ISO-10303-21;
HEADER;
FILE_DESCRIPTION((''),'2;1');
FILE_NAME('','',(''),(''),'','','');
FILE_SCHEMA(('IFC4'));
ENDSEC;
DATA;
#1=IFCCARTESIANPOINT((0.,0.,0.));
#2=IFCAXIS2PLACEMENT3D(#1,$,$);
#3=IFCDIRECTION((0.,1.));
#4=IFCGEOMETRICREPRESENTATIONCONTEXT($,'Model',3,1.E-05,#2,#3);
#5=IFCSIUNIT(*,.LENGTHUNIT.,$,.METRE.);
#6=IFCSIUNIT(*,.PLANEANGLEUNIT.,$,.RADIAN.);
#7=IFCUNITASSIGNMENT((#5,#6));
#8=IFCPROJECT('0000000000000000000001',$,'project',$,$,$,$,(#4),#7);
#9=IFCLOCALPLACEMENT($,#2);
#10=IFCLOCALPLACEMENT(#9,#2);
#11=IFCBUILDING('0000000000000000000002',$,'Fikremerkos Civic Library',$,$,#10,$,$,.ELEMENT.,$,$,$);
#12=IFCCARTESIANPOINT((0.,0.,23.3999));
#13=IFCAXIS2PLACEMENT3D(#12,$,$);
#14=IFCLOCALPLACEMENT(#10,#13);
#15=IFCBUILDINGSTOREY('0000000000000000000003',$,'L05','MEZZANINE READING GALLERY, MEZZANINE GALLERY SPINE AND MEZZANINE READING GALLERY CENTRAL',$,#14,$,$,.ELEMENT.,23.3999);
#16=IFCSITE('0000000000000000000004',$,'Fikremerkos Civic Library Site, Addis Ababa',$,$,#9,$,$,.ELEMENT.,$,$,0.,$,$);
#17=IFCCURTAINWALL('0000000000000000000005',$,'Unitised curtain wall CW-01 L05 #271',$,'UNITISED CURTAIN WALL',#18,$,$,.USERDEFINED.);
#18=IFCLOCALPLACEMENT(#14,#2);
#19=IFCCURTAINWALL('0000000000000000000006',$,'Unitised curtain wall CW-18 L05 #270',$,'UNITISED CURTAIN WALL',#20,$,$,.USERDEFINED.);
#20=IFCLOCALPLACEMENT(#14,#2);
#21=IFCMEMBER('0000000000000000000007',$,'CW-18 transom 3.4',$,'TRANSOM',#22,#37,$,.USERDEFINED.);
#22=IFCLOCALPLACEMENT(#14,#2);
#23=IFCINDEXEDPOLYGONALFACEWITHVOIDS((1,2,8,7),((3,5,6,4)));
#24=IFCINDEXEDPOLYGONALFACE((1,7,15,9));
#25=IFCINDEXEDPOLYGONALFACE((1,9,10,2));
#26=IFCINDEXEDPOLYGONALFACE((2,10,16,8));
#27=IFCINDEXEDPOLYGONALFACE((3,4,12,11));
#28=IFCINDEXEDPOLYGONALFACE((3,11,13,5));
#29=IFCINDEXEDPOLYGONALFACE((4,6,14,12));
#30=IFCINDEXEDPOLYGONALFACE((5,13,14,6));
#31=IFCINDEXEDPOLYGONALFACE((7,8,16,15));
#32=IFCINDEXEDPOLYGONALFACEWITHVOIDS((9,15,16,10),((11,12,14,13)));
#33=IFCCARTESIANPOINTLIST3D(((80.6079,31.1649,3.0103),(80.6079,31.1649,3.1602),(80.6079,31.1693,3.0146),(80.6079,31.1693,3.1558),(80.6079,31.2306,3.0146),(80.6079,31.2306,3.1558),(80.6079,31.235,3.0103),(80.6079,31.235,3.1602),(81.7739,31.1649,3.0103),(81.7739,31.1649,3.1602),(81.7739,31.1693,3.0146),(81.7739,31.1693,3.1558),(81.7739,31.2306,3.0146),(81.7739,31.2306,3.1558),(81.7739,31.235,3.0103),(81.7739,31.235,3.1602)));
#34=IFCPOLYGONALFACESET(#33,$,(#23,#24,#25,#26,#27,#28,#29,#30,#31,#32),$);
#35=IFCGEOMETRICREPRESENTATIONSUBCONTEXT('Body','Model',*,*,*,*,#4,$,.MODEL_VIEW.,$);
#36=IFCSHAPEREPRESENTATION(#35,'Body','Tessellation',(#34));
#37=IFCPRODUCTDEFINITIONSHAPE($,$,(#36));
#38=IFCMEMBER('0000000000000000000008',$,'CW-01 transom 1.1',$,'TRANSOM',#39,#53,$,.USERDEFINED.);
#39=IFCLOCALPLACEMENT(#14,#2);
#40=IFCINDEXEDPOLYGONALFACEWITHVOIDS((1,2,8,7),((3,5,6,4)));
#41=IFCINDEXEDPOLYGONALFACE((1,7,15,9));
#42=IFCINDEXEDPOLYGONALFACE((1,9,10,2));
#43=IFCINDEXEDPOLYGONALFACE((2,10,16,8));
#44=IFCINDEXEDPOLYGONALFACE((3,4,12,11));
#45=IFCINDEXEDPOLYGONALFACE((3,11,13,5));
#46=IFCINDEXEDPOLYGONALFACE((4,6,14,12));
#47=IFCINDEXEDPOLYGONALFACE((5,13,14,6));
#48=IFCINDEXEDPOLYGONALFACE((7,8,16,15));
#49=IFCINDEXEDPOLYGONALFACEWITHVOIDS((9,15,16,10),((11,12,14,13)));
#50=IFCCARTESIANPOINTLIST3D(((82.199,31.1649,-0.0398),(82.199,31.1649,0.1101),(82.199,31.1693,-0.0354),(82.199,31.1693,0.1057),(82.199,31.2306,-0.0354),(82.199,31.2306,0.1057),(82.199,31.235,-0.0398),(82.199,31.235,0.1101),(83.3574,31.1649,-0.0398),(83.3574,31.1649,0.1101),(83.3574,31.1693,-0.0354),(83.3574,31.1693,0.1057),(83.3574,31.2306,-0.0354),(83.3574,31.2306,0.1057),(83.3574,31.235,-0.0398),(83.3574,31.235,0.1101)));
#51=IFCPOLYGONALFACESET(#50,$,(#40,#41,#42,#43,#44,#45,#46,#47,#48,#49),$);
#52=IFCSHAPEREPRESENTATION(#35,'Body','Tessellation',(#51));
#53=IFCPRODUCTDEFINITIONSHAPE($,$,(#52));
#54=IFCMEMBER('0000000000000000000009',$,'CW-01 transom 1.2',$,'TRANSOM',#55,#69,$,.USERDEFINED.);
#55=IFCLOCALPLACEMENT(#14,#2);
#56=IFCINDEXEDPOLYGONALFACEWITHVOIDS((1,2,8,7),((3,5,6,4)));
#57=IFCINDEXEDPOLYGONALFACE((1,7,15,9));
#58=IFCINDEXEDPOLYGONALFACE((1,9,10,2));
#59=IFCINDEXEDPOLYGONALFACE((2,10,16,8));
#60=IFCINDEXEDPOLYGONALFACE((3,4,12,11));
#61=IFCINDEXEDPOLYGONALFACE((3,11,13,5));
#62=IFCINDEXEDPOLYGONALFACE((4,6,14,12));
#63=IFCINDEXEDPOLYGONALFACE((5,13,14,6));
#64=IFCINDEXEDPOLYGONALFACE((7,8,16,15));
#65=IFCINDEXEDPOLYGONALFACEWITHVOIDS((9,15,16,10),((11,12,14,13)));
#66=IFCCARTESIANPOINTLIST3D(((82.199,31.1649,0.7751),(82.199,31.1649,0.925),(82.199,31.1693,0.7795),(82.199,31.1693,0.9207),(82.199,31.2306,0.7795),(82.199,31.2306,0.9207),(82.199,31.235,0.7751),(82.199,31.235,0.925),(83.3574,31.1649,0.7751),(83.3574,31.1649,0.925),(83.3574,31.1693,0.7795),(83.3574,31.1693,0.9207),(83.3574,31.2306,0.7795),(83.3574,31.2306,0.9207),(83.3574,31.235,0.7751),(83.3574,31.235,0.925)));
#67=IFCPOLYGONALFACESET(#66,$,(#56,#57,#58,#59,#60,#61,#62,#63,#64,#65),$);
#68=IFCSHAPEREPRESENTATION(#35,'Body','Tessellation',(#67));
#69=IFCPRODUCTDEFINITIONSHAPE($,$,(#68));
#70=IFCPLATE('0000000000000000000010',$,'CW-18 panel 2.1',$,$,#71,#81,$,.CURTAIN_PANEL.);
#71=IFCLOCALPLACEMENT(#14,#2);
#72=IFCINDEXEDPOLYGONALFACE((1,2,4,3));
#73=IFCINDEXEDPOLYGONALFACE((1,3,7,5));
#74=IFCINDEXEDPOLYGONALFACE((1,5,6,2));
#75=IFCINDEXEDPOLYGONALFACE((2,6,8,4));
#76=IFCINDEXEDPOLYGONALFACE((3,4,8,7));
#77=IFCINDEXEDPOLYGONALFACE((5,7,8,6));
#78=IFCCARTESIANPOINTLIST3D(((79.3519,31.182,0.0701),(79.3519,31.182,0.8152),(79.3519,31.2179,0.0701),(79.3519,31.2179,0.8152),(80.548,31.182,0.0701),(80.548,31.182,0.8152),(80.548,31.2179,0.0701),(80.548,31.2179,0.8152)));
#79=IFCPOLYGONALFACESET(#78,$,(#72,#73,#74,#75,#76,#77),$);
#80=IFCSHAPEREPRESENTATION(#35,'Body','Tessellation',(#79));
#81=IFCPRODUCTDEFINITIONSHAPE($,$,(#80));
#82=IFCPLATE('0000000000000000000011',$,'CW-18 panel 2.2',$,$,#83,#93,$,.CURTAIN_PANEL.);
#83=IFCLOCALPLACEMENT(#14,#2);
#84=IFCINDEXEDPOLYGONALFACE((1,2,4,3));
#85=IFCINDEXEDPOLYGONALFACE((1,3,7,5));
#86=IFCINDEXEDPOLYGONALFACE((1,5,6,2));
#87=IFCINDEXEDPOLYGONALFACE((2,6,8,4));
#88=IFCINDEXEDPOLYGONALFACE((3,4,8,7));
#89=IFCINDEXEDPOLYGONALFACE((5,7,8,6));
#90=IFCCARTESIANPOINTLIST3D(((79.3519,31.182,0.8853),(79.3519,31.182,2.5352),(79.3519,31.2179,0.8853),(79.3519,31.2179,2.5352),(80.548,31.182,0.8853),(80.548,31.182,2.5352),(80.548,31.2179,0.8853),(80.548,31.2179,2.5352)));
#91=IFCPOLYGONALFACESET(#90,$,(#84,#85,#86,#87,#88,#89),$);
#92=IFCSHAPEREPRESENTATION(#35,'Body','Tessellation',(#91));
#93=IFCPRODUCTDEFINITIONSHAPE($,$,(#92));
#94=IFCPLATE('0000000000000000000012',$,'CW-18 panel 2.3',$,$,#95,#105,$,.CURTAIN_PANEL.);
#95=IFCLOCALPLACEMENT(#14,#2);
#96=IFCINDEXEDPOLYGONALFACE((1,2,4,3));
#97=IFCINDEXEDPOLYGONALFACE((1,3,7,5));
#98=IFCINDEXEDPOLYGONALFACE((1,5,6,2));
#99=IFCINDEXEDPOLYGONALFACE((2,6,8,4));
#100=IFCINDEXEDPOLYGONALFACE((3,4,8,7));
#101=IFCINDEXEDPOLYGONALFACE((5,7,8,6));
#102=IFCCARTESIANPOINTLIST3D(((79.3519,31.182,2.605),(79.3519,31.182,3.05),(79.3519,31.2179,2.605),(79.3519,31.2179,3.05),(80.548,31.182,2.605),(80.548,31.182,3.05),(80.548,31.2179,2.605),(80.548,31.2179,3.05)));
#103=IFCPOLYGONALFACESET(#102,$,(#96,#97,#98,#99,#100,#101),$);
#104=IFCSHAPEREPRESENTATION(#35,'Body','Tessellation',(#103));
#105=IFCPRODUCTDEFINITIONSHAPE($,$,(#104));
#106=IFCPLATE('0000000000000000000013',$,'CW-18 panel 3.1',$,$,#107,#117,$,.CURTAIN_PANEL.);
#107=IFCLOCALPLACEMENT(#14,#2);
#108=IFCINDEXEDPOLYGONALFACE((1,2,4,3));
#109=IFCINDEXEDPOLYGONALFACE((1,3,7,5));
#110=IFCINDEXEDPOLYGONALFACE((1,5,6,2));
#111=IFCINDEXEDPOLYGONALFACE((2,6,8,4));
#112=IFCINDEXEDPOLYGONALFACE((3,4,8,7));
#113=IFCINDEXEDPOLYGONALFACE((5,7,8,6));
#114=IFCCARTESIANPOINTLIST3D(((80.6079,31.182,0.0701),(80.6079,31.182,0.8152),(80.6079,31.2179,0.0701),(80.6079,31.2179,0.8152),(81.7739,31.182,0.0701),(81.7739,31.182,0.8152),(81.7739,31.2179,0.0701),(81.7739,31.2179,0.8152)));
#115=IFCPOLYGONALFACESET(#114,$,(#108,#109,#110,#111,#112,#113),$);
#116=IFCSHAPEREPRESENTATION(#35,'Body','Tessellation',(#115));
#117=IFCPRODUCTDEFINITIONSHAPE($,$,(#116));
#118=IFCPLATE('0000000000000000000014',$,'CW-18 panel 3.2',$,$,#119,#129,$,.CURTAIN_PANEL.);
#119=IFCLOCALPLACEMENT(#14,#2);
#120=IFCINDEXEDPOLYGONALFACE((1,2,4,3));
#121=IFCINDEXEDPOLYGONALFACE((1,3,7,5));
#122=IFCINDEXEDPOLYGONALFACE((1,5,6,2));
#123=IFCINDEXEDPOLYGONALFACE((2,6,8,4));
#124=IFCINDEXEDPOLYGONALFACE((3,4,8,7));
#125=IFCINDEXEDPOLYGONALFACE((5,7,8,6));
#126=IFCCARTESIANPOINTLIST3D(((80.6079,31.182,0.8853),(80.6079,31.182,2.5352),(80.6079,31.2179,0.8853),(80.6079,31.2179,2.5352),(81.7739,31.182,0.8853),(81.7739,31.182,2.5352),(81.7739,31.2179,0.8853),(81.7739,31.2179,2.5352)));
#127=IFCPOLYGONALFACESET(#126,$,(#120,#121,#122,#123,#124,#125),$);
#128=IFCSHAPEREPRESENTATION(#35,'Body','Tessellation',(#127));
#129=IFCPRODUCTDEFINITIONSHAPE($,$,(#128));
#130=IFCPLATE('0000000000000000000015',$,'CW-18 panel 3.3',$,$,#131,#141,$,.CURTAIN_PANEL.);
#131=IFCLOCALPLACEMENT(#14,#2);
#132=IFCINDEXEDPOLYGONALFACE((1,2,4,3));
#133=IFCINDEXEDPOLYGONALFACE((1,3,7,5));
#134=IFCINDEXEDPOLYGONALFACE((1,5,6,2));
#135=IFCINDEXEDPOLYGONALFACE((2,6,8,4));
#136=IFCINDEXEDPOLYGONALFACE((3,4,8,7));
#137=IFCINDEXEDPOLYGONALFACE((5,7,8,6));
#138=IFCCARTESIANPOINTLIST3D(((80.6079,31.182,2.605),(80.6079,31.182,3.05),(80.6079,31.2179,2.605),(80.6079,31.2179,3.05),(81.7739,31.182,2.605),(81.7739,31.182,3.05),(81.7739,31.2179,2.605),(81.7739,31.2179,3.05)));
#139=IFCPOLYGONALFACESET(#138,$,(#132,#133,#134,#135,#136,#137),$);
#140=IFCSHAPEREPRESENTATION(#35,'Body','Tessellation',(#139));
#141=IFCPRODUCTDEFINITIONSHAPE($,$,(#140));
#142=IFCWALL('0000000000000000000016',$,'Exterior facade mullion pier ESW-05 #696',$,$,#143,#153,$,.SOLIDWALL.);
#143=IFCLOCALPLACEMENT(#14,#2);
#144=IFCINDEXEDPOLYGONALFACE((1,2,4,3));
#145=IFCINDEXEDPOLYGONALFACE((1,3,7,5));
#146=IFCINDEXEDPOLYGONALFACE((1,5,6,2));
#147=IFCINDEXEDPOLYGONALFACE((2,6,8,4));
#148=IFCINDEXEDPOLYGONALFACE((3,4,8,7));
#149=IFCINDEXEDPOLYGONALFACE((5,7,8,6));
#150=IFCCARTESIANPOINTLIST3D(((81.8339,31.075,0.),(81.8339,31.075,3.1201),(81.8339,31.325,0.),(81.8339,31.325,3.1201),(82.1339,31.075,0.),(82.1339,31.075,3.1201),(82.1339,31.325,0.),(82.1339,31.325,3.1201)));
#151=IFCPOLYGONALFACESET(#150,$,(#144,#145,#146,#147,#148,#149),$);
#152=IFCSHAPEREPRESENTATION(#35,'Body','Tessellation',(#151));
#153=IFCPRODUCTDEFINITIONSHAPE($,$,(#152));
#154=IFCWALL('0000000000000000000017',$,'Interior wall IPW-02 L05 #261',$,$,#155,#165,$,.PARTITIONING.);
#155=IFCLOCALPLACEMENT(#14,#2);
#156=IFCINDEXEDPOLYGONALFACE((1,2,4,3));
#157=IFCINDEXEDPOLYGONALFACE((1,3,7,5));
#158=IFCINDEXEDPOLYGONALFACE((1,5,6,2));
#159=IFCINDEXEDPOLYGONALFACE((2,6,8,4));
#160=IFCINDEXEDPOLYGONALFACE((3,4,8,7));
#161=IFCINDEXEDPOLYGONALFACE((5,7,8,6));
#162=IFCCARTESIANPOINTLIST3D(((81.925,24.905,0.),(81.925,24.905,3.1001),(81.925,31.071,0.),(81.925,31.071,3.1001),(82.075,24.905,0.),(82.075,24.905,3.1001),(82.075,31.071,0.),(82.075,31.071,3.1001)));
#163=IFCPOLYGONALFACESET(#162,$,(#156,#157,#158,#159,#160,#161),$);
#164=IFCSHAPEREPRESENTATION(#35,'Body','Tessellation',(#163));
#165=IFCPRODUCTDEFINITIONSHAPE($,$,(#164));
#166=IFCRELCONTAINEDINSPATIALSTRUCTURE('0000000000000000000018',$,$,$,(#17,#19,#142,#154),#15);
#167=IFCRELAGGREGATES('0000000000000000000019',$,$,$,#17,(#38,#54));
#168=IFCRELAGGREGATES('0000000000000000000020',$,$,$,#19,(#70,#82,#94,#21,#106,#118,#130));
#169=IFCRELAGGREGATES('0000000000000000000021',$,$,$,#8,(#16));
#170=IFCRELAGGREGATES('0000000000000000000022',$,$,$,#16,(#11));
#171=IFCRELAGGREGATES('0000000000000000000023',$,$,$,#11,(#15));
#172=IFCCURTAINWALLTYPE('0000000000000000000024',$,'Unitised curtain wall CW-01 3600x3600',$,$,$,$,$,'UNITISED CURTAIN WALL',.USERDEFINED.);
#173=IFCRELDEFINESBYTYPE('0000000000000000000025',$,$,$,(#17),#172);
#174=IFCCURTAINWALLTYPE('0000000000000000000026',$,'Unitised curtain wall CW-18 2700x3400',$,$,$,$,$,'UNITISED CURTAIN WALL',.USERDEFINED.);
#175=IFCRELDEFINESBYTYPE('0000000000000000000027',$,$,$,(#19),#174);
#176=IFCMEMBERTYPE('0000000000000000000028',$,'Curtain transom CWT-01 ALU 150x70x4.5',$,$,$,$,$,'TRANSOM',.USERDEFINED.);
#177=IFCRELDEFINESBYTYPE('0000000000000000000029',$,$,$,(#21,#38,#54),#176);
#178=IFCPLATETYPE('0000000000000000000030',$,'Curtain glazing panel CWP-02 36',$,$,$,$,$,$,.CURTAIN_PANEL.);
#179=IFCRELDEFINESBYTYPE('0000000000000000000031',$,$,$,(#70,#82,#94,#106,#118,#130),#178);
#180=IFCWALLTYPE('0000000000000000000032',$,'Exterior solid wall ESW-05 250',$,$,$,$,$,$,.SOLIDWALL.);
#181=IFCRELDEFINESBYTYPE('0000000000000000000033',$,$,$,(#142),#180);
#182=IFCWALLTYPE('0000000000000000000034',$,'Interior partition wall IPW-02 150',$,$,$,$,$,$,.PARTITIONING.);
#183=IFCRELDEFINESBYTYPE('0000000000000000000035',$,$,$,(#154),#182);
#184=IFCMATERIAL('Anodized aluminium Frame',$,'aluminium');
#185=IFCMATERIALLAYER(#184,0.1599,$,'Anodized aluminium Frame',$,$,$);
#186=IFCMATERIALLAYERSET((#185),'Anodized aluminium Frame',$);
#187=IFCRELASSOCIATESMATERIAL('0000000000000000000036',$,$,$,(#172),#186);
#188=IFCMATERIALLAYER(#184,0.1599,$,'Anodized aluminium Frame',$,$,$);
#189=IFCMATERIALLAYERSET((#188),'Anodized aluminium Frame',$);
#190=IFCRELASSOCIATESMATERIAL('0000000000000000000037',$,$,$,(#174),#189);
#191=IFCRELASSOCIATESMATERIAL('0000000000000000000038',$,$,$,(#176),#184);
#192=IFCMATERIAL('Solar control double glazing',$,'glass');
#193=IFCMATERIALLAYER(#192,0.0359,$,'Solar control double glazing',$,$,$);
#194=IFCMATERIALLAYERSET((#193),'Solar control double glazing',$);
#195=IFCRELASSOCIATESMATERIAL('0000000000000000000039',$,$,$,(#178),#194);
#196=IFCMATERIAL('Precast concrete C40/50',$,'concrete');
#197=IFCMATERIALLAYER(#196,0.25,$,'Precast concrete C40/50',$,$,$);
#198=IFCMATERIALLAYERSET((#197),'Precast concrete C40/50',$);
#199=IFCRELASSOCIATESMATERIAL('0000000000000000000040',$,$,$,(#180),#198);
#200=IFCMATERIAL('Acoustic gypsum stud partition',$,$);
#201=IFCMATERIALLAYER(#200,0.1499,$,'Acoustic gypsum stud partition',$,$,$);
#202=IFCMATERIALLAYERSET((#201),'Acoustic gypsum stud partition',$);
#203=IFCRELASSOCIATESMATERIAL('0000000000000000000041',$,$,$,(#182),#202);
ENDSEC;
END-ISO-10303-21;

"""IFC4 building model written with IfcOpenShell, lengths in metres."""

from ifc_helpers import new_model, si_unit, direction, frame, frame_2d, origin, origin_2d, place, context, subcontext, project, spatial, rectangle, hollow_rectangle, extrude, material, layer, layer_set, material_profile, profile_set, type_object, element, aggregate, save


model = new_model("IFC4")

# Units and contexts
model_context = context("Model", 3, precision=1e-05, world=origin(), true_north=direction((0.0, 1.0)))
body_context = subcontext(model_context, "Body", "Model", "MODEL_VIEW")
ifc_project = project(units=[si_unit("LENGTHUNIT", "METRE"), si_unit("PLANEANGLEUNIT", "RADIAN")], contexts=[model_context])

# Site, building, storey
site_placement = place(None, origin())
site = spatial("IfcSite", under=ifc_project, at=site_placement, Name="Fikremerkos Civic Library Site, Addis Ababa", CompositionType="ELEMENT", RefElevation=0.0)
building_placement = place(site_placement, origin())
building = spatial("IfcBuilding", under=site, at=building_placement, Name="Fikremerkos Civic Library", CompositionType="ELEMENT")
storey_placement = place(building_placement, frame((0.0, 0.0, 23.3999)))
storey = spatial("IfcBuildingStorey", under=building, at=storey_placement, Name="L05", Description="MEZZANINE READING GALLERY, MEZZANINE GALLERY SPINE AND MEZZANINE READING GALLERY CENTRAL", CompositionType="ELEMENT", Elevation=23.3999)

# Curtain wall
ifc_material_1 = material(Name="Anodized aluminium Frame", Category="aluminium")
ifc_layer_1 = layer(ifc_material_1, 0.1599, Name="Anodized aluminium Frame")
ifc_layer_set_1 = layer_set([ifc_layer_1], Name="Anodized aluminium Frame")
curtain_wall_type_1 = type_object("IfcCurtainWallType", Name="Unitised curtain wall CW-01 3600x3600", ElementType="UNITISED CURTAIN WALL", PredefinedType="USERDEFINED", material=ifc_layer_set_1)
curtain_wall_1_placement = place(storey_placement, origin())
curtain_wall_1 = element("IfcCurtainWall", 1, at=curtain_wall_1_placement, inside=storey, type_object=curtain_wall_type_1, Name="Unitised curtain wall CW-01 L05 #271", ObjectType="UNITISED CURTAIN WALL", PredefinedType="USERDEFINED")

# Curtain wall, member
ifc_layer_2 = layer(ifc_material_1, 0.1599, Name="Anodized aluminium Frame")
ifc_layer_set_2 = layer_set([ifc_layer_2], Name="Anodized aluminium Frame")
curtain_wall_type_2 = type_object("IfcCurtainWallType", Name="Unitised curtain wall CW-18 2700x3400", ElementType="UNITISED CURTAIN WALL", PredefinedType="USERDEFINED", material=ifc_layer_set_2)
curtain_wall_2_placement = place(storey_placement, origin())
curtain_wall_2 = element("IfcCurtainWall", 2, at=curtain_wall_2_placement, inside=storey, type_object=curtain_wall_type_2, Name="Unitised curtain wall CW-18 L05 #270", ObjectType="UNITISED CURTAIN WALL", PredefinedType="USERDEFINED")
ifc_material_profile_1 = material_profile(ifc_material_1, hollow_rectangle(XDim=0.0701, YDim=0.1499, WallThickness=0.0044, at=origin_2d()), Name="ALU 150x70x4.5")
ifc_profile_set_1 = profile_set([ifc_material_profile_1], Name="Anodized aluminium Frame")
member_type_1 = type_object("IfcMemberType", Name="Curtain transom CWT-01 ALU 150x70x4.5", ElementType="TRANSOM", PredefinedType="USERDEFINED", material=ifc_profile_set_1)
member_1_placement = place(storey_placement, frame((80.6079, 31.2, 3.0852), z_axis=(1.0, 0.0, 0.0), x_axis=(0.0, 1.0, 0.0)))
member_1 = element("IfcMember", 3, at=member_1_placement, type_object=member_type_1, Name="CW-18 transom 3.4", ObjectType="TRANSOM", PredefinedType="USERDEFINED", context=body_context, shape_type="SweptSolid", body=[
    extrude(hollow_rectangle(XDim=0.0701, YDim=0.1499, WallThickness=0.0044, at=origin_2d()), origin(), (0.0, 0.0, 1.0), 1.166),
])

# Members
member_2_placement = place(storey_placement, frame((82.199, 31.2, 0.0352), z_axis=(1.0, 0.0, 0.0), x_axis=(0.0, 1.0, 0.0)))
member_2 = element("IfcMember", 4, at=member_2_placement, type_object=member_type_1, Name="CW-01 transom 1.1", ObjectType="TRANSOM", PredefinedType="USERDEFINED", context=body_context, shape_type="SweptSolid", body=[
    extrude(hollow_rectangle(XDim=0.0701, YDim=0.1499, WallThickness=0.0044, at=origin_2d()), origin(), (0.0, 0.0, 1.0), 1.1584),
])
member_3_placement = place(storey_placement, frame((82.199, 31.2, 0.8501), z_axis=(1.0, 0.0, 0.0), x_axis=(0.0, 1.0, 0.0)))
member_3 = element("IfcMember", 5, at=member_3_placement, type_object=member_type_1, Name="CW-01 transom 1.2", ObjectType="TRANSOM", PredefinedType="USERDEFINED", context=body_context, shape_type="SweptSolid", body=[
    extrude(hollow_rectangle(XDim=0.0701, YDim=0.1499, WallThickness=0.0044, at=origin_2d()), origin(), (0.0, 0.0, 1.0), 1.1584),
])
aggregate(curtain_wall_1, [member_2, member_3])

# Plates
ifc_material_2 = material(Name="Solar control double glazing", Category="glass")
ifc_layer_3 = layer(ifc_material_2, 0.0359, Name="Solar control double glazing")
ifc_layer_set_3 = layer_set([ifc_layer_3], Name="Solar control double glazing")
plate_type = type_object("IfcPlateType", Name="Curtain glazing panel CWP-02 36", PredefinedType="CURTAIN_PANEL", material=ifc_layer_set_3)
plate_1_placement = place(storey_placement, frame((79.95, 31.2, 0.0701), z_axis=(0.0, 0.0, 1.0), x_axis=(1.0, 0.0, 0.0)))
plate_1 = element("IfcPlate", 6, at=plate_1_placement, type_object=plate_type, Name="CW-18 panel 2.1", PredefinedType="CURTAIN_PANEL", context=body_context, shape_type="SweptSolid", body=[
    extrude(rectangle(XDim=1.196, YDim=0.0359, at=origin_2d()), origin(), (0.0, 0.0, 1.0), 0.7451),
])
plate_2_placement = place(storey_placement, frame((79.95, 31.2, 0.8853), z_axis=(0.0, 0.0, 1.0), x_axis=(1.0, 0.0, 0.0)))
plate_2 = element("IfcPlate", 7, at=plate_2_placement, type_object=plate_type, Name="CW-18 panel 2.2", PredefinedType="CURTAIN_PANEL", context=body_context, shape_type="SweptSolid", body=[
    extrude(rectangle(XDim=1.196, YDim=0.0359, at=origin_2d()), origin(), (0.0, 0.0, 1.0), 1.6499),
])
plate_3_placement = place(storey_placement, frame((79.95, 31.2, 2.605), z_axis=(0.0, 0.0, 1.0), x_axis=(1.0, 0.0, 0.0)))
plate_3 = element("IfcPlate", 8, at=plate_3_placement, type_object=plate_type, Name="CW-18 panel 2.3", PredefinedType="CURTAIN_PANEL", context=body_context, shape_type="SweptSolid", body=[
    extrude(rectangle(XDim=1.196, YDim=0.0359, at=origin_2d()), origin(), (0.0, 0.0, 1.0), 0.4451),
])
plate_4_placement = place(storey_placement, frame((81.1909, 31.2, 0.0701), z_axis=(0.0, 0.0, 1.0), x_axis=(1.0, 0.0, 0.0)))
plate_4 = element("IfcPlate", 9, at=plate_4_placement, type_object=plate_type, Name="CW-18 panel 3.1", PredefinedType="CURTAIN_PANEL", context=body_context, shape_type="SweptSolid", body=[
    extrude(rectangle(XDim=1.166, YDim=0.0359, at=origin_2d()), origin(), (0.0, 0.0, 1.0), 0.7451),
])
plate_5_placement = place(storey_placement, frame((81.1909, 31.2, 0.8853), z_axis=(0.0, 0.0, 1.0), x_axis=(1.0, 0.0, 0.0)))
plate_5 = element("IfcPlate", 10, at=plate_5_placement, type_object=plate_type, Name="CW-18 panel 3.2", PredefinedType="CURTAIN_PANEL", context=body_context, shape_type="SweptSolid", body=[
    extrude(rectangle(XDim=1.166, YDim=0.0359, at=origin_2d()), origin(), (0.0, 0.0, 1.0), 1.6499),
])
plate_6_placement = place(storey_placement, frame((81.1909, 31.2, 2.605), z_axis=(0.0, 0.0, 1.0), x_axis=(1.0, 0.0, 0.0)))
plate_6 = element("IfcPlate", 11, at=plate_6_placement, type_object=plate_type, Name="CW-18 panel 3.3", PredefinedType="CURTAIN_PANEL", context=body_context, shape_type="SweptSolid", body=[
    extrude(rectangle(XDim=1.166, YDim=0.0359, at=origin_2d()), origin(), (0.0, 0.0, 1.0), 0.4451),
])
aggregate(curtain_wall_2, [plate_1, plate_2, plate_3, member_1, plate_4, plate_5, plate_6])

# Walls
ifc_material_3 = material(Name="Precast concrete C40/50", Category="concrete")
ifc_layer_4 = layer(ifc_material_3, 0.25, Name="Precast concrete C40/50")
ifc_layer_set_4 = layer_set([ifc_layer_4], Name="Precast concrete C40/50")
wall_type_1 = type_object("IfcWallType", Name="Exterior solid wall ESW-05 250", PredefinedType="SOLIDWALL", material=ifc_layer_set_4)
wall_1_placement = place(storey_placement, frame((81.834, 31.2, 0.0), z_axis=(0.0, 0.0, 1.0), x_axis=(1.0, 0.0, 0.0)))
element("IfcWall", 12, at=wall_1_placement, inside=storey, type_object=wall_type_1, Name="Exterior facade mullion pier ESW-05 #696", PredefinedType="SOLIDWALL", context=body_context, shape_type="SweptSolid", body=[
    extrude(rectangle(XDim=0.3, YDim=0.25, at=frame_2d((0.1499, 0.0))), origin(), (0.0, 0.0, 1.0), 3.1201),
])
ifc_material_4 = material(Name="Acoustic gypsum stud partition")
ifc_layer_5 = layer(ifc_material_4, 0.1499, Name="Acoustic gypsum stud partition")
ifc_layer_set_5 = layer_set([ifc_layer_5], Name="Acoustic gypsum stud partition")
wall_type_2 = type_object("IfcWallType", Name="Interior partition wall IPW-02 150", PredefinedType="PARTITIONING", material=ifc_layer_set_5)
wall_2_placement = place(storey_placement, frame((82.0, 24.905, 0.0), z_axis=(0.0, 0.0, 1.0), x_axis=(0.0, 1.0, 0.0)))
element("IfcWall", 13, at=wall_2_placement, inside=storey, type_object=wall_type_2, Name="Interior wall IPW-02 L05 #261", PredefinedType="PARTITIONING", context=body_context, shape_type="SweptSolid", body=[
    extrude(rectangle(XDim=6.166, YDim=0.1499, at=frame_2d((3.083, 0.0))), origin(), (0.0, 0.0, 1.0), 3.1001),
])

save(model, "model.ifc")
